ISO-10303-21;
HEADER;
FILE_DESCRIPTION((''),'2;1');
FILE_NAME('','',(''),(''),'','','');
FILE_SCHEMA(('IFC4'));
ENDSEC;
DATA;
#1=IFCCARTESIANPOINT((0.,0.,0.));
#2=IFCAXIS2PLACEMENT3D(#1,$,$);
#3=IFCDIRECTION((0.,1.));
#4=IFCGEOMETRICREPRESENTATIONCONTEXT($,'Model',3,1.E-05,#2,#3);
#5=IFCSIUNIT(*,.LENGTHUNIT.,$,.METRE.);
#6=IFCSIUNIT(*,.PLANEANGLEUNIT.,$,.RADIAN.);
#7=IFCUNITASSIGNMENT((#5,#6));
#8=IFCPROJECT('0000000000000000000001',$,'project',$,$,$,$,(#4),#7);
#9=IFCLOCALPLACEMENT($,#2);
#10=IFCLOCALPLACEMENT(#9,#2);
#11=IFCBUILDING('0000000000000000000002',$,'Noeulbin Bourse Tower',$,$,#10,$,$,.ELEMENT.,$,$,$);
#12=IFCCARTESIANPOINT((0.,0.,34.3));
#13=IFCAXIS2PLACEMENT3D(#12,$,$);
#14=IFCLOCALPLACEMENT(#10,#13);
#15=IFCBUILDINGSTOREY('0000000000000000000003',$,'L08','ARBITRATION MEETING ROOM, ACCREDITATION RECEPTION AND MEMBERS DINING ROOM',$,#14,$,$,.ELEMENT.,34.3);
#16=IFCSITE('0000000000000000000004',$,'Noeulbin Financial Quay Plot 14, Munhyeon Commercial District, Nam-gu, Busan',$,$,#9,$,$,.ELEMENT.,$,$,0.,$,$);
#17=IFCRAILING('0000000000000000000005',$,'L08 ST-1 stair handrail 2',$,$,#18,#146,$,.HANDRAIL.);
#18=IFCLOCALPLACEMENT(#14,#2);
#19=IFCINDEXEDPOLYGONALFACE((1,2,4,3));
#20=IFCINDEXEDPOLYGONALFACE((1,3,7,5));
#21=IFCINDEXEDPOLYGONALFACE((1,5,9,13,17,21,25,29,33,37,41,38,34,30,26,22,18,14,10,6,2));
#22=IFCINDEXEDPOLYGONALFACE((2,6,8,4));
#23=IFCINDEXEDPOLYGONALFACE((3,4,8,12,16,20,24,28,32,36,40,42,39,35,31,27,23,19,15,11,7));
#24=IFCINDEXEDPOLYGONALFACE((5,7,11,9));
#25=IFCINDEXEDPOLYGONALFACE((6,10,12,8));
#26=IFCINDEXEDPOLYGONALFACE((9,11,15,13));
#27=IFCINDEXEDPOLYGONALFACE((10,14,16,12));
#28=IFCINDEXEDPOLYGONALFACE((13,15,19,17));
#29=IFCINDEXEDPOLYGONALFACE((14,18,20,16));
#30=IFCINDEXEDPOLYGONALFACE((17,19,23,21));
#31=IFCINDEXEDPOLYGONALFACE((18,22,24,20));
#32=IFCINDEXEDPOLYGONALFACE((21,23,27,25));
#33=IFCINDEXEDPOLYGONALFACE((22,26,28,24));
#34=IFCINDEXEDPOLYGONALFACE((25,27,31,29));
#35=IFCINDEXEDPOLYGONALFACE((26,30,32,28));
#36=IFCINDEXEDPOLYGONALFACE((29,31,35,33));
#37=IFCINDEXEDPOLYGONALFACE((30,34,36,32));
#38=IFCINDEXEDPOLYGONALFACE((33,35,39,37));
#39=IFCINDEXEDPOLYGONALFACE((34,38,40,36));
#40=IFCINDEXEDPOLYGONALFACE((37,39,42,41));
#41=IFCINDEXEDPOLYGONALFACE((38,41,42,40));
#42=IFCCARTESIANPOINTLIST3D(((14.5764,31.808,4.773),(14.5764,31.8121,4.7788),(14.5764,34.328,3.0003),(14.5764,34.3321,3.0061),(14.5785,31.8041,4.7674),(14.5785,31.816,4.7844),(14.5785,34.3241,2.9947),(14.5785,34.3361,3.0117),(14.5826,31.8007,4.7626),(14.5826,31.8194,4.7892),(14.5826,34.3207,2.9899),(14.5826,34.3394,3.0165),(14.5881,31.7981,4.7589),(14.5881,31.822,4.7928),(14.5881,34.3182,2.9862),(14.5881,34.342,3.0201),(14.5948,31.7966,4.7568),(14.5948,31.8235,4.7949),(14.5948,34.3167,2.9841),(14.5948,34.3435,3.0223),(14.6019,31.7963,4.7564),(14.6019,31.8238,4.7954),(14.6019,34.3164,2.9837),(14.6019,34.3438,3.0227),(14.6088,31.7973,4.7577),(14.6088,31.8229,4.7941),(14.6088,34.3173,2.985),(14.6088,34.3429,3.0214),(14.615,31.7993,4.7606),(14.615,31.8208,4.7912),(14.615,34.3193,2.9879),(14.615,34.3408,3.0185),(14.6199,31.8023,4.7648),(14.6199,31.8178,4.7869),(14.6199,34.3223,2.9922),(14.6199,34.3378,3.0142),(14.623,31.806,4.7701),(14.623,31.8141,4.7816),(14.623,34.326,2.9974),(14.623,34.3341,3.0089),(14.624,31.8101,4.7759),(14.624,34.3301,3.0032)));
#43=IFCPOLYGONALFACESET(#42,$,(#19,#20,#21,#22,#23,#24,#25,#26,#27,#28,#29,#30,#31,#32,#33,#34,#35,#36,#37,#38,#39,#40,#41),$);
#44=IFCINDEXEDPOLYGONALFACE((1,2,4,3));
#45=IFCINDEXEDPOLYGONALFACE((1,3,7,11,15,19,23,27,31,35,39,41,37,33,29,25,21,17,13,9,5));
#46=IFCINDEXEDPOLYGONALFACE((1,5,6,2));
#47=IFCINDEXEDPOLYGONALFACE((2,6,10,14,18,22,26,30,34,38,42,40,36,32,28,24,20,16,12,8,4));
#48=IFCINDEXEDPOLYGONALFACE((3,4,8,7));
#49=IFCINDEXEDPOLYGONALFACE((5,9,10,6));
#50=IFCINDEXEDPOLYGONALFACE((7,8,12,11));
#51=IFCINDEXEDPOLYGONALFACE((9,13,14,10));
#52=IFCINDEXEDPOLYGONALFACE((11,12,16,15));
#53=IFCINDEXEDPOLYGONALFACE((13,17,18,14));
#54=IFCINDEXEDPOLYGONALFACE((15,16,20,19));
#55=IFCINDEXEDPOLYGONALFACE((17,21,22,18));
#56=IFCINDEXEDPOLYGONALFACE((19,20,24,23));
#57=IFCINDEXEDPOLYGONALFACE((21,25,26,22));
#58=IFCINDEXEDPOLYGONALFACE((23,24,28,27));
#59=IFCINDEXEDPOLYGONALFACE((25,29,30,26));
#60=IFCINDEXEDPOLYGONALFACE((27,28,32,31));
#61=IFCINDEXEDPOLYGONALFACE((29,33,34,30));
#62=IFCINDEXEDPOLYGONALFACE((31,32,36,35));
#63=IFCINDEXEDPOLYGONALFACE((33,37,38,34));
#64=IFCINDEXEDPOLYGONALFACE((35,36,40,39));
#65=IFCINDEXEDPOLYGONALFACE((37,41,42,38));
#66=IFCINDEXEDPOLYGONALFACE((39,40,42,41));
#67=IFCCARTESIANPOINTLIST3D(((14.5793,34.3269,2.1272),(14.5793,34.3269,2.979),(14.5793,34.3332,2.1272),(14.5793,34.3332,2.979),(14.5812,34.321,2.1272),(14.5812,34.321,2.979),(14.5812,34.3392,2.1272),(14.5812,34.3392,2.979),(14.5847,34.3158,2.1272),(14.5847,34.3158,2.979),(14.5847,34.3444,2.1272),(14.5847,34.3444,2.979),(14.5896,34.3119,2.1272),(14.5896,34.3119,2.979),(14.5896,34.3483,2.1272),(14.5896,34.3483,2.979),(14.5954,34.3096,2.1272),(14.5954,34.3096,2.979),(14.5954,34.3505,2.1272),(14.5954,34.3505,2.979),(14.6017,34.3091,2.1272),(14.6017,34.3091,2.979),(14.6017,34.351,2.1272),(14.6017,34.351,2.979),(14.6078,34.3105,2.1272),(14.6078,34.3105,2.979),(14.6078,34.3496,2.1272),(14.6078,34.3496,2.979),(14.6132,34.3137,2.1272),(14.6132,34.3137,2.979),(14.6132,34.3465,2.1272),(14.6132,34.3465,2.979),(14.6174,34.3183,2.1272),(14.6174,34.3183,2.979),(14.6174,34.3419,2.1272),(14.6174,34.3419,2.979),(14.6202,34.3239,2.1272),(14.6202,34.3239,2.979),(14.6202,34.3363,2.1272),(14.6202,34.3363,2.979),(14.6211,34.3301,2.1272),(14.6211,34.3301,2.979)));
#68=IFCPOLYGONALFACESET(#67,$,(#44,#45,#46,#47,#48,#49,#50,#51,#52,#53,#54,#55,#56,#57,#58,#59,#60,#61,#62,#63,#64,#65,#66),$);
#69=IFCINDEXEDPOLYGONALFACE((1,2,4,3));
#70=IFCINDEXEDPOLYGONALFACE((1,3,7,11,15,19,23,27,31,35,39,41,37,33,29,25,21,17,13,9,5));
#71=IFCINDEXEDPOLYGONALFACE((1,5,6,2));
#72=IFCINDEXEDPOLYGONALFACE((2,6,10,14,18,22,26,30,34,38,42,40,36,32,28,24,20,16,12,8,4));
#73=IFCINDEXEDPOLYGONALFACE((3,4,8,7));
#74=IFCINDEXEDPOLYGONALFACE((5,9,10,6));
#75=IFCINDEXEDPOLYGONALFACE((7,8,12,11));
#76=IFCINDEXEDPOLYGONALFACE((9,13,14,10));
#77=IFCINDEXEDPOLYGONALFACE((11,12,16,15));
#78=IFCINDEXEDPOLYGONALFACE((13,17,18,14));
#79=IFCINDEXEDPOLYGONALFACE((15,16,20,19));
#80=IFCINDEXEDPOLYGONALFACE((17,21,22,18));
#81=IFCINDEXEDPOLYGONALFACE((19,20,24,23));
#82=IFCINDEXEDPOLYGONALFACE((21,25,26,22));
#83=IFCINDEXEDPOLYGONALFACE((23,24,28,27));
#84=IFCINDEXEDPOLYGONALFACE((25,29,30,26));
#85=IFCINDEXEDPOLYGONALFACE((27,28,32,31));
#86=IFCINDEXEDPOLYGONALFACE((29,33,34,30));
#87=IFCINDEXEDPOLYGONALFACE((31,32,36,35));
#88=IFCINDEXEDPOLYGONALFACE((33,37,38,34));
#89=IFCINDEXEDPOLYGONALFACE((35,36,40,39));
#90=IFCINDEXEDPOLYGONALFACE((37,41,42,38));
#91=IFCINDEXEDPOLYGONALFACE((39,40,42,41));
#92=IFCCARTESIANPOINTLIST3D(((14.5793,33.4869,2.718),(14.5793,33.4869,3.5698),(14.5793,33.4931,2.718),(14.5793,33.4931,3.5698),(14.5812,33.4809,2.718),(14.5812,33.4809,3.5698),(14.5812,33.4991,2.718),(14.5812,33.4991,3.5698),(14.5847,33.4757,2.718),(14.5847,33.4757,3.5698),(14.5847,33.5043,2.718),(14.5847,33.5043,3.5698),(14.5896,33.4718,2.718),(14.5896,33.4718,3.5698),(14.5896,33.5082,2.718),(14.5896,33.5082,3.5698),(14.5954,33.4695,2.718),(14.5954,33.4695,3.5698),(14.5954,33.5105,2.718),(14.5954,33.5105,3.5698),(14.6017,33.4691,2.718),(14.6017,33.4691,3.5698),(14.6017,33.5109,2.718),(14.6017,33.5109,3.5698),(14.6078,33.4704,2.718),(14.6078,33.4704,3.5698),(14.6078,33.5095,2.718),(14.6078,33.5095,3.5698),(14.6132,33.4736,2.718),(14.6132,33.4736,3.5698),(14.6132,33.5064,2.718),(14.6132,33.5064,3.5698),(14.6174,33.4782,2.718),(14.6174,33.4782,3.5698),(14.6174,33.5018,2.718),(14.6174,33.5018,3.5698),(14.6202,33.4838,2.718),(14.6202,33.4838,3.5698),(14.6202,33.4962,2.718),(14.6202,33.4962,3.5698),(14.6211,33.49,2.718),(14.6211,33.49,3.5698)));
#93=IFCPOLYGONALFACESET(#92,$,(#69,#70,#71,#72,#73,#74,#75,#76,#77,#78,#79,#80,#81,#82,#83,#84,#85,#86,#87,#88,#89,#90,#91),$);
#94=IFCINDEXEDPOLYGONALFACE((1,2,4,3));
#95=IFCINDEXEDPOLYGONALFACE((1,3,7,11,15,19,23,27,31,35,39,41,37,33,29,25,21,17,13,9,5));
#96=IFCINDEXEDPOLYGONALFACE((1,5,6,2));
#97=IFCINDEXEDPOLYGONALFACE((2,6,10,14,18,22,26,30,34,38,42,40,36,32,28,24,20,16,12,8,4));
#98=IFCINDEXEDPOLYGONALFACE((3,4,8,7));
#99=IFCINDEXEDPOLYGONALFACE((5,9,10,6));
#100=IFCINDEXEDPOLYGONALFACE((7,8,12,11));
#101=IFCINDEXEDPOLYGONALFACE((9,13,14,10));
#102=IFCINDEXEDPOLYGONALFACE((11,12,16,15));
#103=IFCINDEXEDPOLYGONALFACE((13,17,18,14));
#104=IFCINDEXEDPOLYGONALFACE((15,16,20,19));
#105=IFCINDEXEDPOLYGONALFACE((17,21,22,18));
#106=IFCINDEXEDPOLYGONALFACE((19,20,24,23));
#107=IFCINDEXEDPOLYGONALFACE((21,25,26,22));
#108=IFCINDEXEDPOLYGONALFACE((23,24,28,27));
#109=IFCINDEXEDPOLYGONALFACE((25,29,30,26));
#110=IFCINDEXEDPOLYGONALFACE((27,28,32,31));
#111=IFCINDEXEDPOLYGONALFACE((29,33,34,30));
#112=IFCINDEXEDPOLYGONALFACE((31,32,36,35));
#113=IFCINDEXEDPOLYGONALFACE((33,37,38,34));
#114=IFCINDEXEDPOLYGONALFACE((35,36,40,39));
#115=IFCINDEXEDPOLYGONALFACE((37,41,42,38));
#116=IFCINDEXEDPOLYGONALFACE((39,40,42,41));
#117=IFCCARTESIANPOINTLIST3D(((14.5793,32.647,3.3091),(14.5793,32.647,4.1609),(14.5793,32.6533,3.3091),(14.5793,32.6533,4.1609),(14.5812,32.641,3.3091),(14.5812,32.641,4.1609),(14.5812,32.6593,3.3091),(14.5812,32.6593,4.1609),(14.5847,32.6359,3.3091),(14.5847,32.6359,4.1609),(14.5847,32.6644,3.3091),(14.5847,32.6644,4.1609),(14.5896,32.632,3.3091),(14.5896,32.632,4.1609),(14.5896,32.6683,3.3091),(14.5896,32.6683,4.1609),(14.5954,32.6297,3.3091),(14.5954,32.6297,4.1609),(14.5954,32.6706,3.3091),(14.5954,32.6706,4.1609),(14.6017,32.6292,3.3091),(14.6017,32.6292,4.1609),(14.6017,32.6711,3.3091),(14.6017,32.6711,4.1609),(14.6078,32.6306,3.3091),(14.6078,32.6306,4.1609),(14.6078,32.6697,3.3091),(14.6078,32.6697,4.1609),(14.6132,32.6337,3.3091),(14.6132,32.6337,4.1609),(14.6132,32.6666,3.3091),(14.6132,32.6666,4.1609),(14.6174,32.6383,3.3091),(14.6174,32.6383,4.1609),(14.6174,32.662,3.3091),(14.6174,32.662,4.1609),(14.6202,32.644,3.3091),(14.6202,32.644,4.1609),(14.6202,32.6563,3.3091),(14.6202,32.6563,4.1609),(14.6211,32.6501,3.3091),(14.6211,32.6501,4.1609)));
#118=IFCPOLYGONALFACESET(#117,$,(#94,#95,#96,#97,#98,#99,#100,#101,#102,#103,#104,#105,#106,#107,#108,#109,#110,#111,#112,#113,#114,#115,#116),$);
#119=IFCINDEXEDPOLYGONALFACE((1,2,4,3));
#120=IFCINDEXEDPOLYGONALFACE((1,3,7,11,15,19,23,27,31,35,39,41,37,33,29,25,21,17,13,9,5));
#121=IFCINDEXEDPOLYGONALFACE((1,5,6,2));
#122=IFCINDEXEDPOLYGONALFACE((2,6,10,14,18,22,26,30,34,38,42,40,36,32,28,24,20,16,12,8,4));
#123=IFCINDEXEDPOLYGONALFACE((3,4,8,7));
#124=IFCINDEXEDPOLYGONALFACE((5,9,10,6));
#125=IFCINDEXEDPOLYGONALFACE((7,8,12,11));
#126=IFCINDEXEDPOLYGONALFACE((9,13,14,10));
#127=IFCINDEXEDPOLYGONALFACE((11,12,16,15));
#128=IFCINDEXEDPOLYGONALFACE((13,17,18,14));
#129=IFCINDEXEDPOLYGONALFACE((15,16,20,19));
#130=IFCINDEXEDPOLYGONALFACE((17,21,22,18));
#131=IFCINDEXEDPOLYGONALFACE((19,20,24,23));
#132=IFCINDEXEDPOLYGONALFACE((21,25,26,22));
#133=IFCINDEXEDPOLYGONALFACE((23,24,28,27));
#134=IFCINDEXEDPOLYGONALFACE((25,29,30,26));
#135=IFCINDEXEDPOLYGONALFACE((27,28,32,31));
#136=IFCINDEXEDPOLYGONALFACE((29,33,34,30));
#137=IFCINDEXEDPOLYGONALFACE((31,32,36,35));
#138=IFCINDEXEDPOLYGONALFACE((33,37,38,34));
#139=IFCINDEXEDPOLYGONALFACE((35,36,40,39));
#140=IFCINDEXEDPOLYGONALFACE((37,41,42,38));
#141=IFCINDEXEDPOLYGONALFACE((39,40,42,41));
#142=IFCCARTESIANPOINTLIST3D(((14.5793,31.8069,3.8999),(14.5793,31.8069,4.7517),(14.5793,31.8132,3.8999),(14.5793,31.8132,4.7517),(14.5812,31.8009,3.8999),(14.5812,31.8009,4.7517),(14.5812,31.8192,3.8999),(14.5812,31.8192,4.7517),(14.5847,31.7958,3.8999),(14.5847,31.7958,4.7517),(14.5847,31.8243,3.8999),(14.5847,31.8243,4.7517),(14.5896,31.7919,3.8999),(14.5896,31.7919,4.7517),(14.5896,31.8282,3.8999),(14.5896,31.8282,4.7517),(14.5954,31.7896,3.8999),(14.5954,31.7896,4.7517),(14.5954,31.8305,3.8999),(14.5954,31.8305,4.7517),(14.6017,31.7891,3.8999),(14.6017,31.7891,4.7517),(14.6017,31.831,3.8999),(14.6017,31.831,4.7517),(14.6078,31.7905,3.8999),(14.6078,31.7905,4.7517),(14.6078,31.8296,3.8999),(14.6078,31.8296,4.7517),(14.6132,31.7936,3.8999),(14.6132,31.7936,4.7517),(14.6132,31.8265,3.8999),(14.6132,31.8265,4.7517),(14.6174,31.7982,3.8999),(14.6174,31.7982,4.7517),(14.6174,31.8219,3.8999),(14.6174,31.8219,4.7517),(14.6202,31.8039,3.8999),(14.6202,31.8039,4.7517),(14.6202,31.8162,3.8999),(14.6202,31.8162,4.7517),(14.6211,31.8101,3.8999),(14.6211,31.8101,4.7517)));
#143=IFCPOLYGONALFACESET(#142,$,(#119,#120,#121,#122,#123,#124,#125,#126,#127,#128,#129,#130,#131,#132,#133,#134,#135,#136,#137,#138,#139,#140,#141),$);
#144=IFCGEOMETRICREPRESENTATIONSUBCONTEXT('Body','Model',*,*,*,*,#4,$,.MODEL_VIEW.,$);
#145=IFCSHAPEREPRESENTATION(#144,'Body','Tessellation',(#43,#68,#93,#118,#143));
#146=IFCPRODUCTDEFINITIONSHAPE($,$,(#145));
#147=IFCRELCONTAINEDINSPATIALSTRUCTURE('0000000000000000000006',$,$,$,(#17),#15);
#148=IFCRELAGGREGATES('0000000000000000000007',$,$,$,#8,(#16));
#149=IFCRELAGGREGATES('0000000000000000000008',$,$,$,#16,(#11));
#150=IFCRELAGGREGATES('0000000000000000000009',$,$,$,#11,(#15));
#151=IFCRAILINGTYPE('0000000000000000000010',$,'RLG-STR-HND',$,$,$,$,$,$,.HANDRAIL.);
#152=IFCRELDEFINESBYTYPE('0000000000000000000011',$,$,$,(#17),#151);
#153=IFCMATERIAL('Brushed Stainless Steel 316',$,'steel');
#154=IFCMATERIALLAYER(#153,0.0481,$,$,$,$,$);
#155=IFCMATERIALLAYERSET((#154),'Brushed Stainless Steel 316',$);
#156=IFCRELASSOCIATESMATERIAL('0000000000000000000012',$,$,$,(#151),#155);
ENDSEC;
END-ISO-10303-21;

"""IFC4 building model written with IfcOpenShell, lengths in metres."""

from ifc_helpers import new_model, si_unit, direction, frame, origin, origin_2d, place, context, subcontext, project, spatial, circle, extrude, material, layer, layer_set, type_object, element, save


model = new_model("IFC4")

# Units and contexts
model_context = context("Model", 3, precision=1e-05, world=origin(), true_north=direction((0.0, 1.0)))
body_context = subcontext(model_context, "Body", "Model", "MODEL_VIEW")
ifc_project = project(units=[si_unit("LENGTHUNIT", "METRE"), si_unit("PLANEANGLEUNIT", "RADIAN")], contexts=[model_context])

# Site, building, storey
site_placement = place(None, origin())
site = spatial("IfcSite", under=ifc_project, at=site_placement, Name="Noeulbin Financial Quay Plot 14, Munhyeon Commercial District, Nam-gu, Busan", CompositionType="ELEMENT", RefElevation=0.0)
building_placement = place(site_placement, origin())
building = spatial("IfcBuilding", under=site, at=building_placement, Name="Noeulbin Bourse Tower", CompositionType="ELEMENT")
storey_placement = place(building_placement, frame((0.0, 0.0, 34.3)))
storey = spatial("IfcBuildingStorey", under=building, at=storey_placement, Name="L08", Description="ARBITRATION MEETING ROOM, ACCREDITATION RECEPTION AND MEMBERS DINING ROOM", CompositionType="ELEMENT", Elevation=34.3)

# Shared definitions
ifc_material_1 = material(Name="Brushed Stainless Steel 316", Category="steel")

# Railing
ifc_layer_1 = layer(ifc_material_1, 0.0481)
ifc_layer_set_1 = layer_set([ifc_layer_1], Name="Brushed Stainless Steel 316")
railing_type_1 = type_object("IfcRailingType", Name="RLG-STR-HND", PredefinedType="HANDRAIL", material=ifc_layer_set_1)
railing_1_placement = place(storey_placement, frame((14.6001, 34.3301, 2.1272)))
element("IfcRailing", 1, at=railing_1_placement, inside=storey, type_object=railing_type_1, Name="L08 ST-1 stair handrail 2", PredefinedType="HANDRAIL", context=body_context, shape_type="SweptSolid", body=[
    extrude(circle(Radius=0.0239, at=origin_2d()), frame((0.0, 0.0, 0.876), z_axis=(0.0, -0.817904, 0.575354), x_axis=(1.0, 0.0, 0.0)), (0.0, 0.0, 1.0), 3.0811),
    extrude(circle(Radius=0.021, at=origin_2d()), origin(), (0.0, 0.0, 1.0), 0.8518),
    extrude(circle(Radius=0.021, at=origin_2d()), frame((0.0, -0.8401, 0.5908)), (0.0, 0.0, 1.0), 0.8518),
    extrude(circle(Radius=0.021, at=origin_2d()), frame((0.0, -1.6799, 1.1819)), (0.0, 0.0, 1.0), 0.8518),
    extrude(circle(Radius=0.021, at=origin_2d()), frame((0.0, -2.52, 1.7727)), (0.0, 0.0, 1.0), 0.8518),
])

save(model, "model.ifc")
